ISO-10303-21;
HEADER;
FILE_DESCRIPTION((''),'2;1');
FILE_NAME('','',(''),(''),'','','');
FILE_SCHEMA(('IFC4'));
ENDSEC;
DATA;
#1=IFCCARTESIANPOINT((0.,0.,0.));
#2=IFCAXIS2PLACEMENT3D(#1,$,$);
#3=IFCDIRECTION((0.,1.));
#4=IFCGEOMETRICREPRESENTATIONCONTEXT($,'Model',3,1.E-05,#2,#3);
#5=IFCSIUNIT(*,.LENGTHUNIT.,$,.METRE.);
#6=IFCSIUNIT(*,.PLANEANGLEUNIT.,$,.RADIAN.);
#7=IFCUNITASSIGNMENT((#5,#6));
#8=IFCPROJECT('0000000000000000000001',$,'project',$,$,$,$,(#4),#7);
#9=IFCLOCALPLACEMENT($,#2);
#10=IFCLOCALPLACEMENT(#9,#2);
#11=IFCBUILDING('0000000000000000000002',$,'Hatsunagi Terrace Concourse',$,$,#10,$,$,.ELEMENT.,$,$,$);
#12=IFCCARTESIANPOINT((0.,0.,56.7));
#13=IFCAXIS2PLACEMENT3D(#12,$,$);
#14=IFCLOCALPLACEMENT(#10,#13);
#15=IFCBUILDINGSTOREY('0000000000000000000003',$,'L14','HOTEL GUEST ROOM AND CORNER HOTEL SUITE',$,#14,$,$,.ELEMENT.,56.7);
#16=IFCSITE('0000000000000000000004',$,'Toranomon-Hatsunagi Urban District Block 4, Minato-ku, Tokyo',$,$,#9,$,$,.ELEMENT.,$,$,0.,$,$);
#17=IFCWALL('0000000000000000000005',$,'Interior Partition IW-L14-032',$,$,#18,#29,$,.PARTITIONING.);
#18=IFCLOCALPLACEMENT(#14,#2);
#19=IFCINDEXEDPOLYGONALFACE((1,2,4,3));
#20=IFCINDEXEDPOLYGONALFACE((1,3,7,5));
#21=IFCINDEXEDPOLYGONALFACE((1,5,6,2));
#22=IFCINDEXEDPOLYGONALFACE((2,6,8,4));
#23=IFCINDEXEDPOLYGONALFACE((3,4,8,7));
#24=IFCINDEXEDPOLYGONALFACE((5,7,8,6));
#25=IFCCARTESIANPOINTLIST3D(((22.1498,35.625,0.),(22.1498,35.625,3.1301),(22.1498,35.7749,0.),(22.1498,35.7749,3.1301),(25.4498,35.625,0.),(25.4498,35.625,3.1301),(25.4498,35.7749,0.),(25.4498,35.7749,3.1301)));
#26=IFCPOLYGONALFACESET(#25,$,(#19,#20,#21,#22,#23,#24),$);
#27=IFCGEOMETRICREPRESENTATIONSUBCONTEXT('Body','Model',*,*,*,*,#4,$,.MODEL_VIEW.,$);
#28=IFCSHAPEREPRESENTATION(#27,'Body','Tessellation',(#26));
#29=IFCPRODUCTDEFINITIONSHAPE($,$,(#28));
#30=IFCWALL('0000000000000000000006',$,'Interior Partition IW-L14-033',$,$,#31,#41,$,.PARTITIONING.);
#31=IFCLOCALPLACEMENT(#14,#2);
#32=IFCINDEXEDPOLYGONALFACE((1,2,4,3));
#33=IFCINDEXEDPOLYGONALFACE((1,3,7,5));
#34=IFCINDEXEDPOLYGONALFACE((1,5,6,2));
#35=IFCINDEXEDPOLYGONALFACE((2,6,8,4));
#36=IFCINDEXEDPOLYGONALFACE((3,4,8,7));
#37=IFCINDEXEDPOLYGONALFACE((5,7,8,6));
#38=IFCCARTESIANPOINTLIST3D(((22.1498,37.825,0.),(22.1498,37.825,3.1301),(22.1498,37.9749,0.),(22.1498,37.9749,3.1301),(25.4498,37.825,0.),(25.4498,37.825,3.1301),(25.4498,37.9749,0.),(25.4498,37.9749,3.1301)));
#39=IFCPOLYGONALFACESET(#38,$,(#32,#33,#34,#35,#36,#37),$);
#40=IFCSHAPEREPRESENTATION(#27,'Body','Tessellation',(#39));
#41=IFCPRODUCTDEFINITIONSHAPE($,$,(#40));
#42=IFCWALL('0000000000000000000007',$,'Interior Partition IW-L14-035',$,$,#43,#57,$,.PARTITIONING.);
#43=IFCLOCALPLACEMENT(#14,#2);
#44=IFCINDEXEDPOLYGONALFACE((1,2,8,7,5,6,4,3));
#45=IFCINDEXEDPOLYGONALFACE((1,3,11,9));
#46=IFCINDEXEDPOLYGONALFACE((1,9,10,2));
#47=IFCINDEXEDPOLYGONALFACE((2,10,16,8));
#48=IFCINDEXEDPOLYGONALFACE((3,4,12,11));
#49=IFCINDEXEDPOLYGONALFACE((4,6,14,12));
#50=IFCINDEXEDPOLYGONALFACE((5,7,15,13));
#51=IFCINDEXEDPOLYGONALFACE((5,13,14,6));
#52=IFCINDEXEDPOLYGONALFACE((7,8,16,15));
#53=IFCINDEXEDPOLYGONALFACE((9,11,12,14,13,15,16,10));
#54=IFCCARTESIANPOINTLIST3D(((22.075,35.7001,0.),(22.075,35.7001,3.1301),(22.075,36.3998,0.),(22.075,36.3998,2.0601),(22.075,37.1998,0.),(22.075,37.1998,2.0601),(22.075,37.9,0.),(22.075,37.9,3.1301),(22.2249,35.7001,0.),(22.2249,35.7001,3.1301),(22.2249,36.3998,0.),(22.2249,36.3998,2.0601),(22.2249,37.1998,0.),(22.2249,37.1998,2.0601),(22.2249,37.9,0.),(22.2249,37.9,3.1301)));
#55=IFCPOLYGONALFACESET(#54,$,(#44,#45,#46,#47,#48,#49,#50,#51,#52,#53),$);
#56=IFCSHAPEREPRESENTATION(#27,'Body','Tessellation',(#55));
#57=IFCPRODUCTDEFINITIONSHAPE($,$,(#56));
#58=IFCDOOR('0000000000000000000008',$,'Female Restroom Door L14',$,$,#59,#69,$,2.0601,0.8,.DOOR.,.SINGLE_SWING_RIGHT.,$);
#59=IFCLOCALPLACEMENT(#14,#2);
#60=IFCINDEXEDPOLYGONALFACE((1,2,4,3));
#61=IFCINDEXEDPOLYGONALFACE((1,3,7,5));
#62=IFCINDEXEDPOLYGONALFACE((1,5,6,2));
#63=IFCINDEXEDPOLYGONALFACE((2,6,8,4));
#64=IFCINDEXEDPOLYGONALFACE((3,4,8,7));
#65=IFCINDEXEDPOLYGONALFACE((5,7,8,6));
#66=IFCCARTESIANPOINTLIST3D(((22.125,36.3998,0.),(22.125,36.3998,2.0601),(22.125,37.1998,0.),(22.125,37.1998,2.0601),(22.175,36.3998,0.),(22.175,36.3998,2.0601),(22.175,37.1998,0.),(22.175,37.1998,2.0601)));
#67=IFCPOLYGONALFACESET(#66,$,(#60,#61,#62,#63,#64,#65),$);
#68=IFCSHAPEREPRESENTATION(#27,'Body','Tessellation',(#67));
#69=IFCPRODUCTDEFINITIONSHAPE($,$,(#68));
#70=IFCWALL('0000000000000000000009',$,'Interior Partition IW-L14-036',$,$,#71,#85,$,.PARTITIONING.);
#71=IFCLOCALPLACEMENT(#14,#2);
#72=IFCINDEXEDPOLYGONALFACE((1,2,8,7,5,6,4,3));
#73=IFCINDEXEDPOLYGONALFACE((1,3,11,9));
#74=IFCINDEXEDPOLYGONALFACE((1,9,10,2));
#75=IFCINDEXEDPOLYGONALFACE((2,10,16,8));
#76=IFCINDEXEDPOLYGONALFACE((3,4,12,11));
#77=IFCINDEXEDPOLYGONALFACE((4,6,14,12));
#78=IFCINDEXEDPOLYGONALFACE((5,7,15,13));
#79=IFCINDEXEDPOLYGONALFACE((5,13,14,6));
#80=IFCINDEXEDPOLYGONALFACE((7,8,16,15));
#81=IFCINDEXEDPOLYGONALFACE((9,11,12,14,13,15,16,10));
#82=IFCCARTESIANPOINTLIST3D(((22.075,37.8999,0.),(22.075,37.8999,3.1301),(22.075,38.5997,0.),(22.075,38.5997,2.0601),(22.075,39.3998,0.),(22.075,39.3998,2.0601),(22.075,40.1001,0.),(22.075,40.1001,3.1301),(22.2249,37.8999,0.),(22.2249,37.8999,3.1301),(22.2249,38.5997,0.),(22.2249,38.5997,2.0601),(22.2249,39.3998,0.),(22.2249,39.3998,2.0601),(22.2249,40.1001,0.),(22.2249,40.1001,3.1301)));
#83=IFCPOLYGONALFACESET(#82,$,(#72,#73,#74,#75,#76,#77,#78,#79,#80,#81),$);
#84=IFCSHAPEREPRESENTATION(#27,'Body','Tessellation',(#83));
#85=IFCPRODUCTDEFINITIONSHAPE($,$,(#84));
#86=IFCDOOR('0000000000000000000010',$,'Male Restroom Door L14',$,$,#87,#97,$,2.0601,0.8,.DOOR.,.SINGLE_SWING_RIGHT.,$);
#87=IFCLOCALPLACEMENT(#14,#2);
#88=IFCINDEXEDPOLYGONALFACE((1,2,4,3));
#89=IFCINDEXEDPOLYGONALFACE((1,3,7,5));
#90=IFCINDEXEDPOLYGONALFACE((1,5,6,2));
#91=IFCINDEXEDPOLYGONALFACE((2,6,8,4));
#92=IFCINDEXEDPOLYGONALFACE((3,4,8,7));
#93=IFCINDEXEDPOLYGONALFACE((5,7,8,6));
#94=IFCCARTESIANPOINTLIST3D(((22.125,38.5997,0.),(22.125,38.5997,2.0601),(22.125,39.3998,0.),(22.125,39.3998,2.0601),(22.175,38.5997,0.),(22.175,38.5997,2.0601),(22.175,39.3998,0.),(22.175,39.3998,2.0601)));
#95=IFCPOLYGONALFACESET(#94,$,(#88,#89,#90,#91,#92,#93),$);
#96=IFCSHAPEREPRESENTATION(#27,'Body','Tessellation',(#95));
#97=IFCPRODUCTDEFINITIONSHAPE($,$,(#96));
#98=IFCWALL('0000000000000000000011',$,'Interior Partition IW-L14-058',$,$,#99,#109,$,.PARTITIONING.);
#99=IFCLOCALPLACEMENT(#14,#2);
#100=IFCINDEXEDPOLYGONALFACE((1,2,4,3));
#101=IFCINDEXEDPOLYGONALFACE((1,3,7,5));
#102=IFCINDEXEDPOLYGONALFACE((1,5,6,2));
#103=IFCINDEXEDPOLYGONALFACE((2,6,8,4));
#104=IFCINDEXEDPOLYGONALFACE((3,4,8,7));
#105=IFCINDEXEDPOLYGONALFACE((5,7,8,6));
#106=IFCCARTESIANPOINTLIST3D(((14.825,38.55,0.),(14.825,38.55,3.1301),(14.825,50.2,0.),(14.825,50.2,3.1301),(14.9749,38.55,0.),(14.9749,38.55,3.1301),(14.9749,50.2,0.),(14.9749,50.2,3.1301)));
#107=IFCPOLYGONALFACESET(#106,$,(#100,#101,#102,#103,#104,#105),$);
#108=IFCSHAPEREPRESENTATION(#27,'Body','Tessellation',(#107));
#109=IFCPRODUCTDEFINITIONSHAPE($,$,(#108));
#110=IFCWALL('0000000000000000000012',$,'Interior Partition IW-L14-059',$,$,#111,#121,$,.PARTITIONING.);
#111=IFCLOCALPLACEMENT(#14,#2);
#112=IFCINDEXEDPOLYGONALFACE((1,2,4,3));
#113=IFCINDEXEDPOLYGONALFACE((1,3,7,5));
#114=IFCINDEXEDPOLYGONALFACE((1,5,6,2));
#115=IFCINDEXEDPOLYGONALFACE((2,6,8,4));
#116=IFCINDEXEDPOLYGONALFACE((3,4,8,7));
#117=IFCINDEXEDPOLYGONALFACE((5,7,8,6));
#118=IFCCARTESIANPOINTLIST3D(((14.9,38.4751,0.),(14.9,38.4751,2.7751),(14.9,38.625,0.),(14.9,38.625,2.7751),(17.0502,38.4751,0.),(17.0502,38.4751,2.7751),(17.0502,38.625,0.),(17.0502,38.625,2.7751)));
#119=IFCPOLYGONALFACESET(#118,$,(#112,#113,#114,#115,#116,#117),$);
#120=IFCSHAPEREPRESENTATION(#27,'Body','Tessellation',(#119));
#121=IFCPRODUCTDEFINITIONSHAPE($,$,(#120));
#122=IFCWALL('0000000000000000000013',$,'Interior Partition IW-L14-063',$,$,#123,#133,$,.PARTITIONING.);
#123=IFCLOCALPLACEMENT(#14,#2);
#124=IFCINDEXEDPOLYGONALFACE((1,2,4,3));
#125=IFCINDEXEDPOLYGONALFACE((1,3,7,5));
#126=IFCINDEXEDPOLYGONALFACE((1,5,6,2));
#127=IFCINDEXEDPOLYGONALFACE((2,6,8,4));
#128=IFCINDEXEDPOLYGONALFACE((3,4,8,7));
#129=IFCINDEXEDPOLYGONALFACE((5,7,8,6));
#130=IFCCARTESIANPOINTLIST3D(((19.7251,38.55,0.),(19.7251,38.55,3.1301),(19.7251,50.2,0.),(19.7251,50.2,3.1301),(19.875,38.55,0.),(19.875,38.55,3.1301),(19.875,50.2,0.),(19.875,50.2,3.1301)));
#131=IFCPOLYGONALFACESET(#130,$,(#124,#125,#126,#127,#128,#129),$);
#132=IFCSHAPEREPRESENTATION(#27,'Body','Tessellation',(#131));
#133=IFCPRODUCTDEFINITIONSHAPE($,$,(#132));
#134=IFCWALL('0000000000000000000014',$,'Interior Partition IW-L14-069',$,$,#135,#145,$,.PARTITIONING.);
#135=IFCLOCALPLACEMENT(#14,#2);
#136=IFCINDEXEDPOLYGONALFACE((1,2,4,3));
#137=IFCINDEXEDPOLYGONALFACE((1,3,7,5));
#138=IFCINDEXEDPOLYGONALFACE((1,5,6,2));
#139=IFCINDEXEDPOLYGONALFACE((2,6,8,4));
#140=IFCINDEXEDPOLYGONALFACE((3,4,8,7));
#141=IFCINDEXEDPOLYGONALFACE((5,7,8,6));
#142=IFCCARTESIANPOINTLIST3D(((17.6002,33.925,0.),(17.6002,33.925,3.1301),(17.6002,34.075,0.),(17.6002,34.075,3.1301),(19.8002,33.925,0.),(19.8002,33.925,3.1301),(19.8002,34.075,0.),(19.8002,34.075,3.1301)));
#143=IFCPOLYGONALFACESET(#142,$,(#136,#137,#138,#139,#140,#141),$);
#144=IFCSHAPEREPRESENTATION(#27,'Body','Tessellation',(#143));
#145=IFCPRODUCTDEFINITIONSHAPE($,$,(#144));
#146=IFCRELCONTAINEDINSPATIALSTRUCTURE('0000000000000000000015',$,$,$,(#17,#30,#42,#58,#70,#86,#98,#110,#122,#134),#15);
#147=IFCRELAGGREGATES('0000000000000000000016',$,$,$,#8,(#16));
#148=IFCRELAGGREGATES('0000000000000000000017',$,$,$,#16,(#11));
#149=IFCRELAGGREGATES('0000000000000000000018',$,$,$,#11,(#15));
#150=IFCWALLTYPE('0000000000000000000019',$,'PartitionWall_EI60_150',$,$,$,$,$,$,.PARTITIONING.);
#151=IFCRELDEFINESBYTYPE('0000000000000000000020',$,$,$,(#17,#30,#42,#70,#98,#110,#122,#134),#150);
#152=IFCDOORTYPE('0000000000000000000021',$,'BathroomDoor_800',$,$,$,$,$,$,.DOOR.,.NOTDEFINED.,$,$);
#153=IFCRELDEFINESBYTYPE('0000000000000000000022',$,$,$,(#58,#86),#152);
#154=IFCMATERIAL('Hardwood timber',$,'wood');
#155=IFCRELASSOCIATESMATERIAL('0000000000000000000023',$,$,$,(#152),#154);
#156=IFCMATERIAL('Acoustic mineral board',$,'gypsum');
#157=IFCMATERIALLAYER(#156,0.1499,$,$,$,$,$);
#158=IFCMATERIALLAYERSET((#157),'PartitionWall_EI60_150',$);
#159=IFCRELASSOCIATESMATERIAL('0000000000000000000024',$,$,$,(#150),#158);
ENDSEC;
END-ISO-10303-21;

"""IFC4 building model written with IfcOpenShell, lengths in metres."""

from ifc_helpers import new_model, si_unit, direction, frame, frame_2d, origin, place, context, subcontext, project, spatial, rectangle, extrude, material, layer, layer_set, type_object, element, fill, save


model = new_model("IFC4")

# Units and contexts
model_context = context("Model", 3, precision=1e-05, world=origin(), true_north=direction((0.0, 1.0)))
body_context = subcontext(model_context, "Body", "Model", "MODEL_VIEW")
ifc_project = project(units=[si_unit("LENGTHUNIT", "METRE"), si_unit("PLANEANGLEUNIT", "RADIAN")], contexts=[model_context])

# Site, building, storey
site_placement = place(None, origin())
site = spatial("IfcSite", under=ifc_project, at=site_placement, Name="Toranomon-Hatsunagi Urban District Block 4, Minato-ku, Tokyo", CompositionType="ELEMENT", RefElevation=0.0)
building_placement = place(site_placement, origin())
building = spatial("IfcBuilding", under=site, at=building_placement, Name="Hatsunagi Terrace Concourse", CompositionType="ELEMENT")
storey_placement = place(building_placement, frame((0.0, 0.0, 56.7)))
storey = spatial("IfcBuildingStorey", under=building, at=storey_placement, Name="L14", Description="HOTEL GUEST ROOM AND CORNER HOTEL SUITE", CompositionType="ELEMENT", Elevation=56.7)

# Shared definitions
ifc_material_1 = material(Name="Hardwood timber", Category="wood")
door_type_1 = type_object("IfcDoorType", Name="BathroomDoor_800", OperationType="NOTDEFINED", PredefinedType="DOOR", material=ifc_material_1)

# Walls
ifc_material_2 = material(Name="Acoustic mineral board", Category="gypsum")
ifc_layer_1 = layer(ifc_material_2, 0.1499)
ifc_layer_set_1 = layer_set([ifc_layer_1], Name="PartitionWall_EI60_150")
wall_type_1 = type_object("IfcWallType", Name="PartitionWall_EI60_150", PredefinedType="PARTITIONING", material=ifc_layer_set_1)
for number, where, z_axis, x_axis, name in (
    (1, (22.1499, 35.7, 0.0), (0.0, 0.0, 1.0), (1.0, 0.0, 0.0), "Interior Partition IW-L14-032"),
    (2, (22.1499, 37.8999, 0.0), (0.0, 0.0, 1.0), (1.0, 0.0, 0.0), "Interior Partition IW-L14-033"),
):
    element("IfcWall", number, at=place(storey_placement, frame(where, z_axis=z_axis, x_axis=x_axis)), inside=storey, type_object=wall_type_1, Name=name, PredefinedType="PARTITIONING", context=body_context, shape_type="SweptSolid", body=[
        extrude(rectangle(XDim=3.3, YDim=0.1499, at=frame_2d((1.6499, 0.0))), origin(), (0.0, 0.0, 1.0), 3.1301),
    ])

# Walls, openings, doors
wall_1_placement = place(storey_placement, frame((22.1499, 35.7, 0.0), z_axis=(0.0, 0.0, 1.0), x_axis=(0.0, 1.0, 0.0)))
wall_1 = element("IfcWall", 3, at=wall_1_placement, inside=storey, type_object=wall_type_1, Name="Interior Partition IW-L14-035", PredefinedType="PARTITIONING", context=body_context, shape_type="SweptSolid", body=[
    extrude(rectangle(XDim=2.2, YDim=0.1499, at=frame_2d((1.1001, 0.0))), origin(), (0.0, 0.0, 1.0), 3.1301),
])
opening_1_placement = place(wall_1_placement, frame((0.7, 0.0, 0.0)))
opening_1 = element("IfcOpeningElement", 4, at=opening_1_placement, cuts=wall_1, PredefinedType="OPENING", context=body_context, shape_type="SweptSolid", body=[
    extrude(rectangle(XDim=0.8, YDim=2.0601, at=frame_2d((0.3999, 1.03))), frame((0.0, 0.085, 0.0), z_axis=(0.0, -1.0, 0.0), x_axis=(1.0, 0.0, 0.0)), (0.0, 0.0, 1.0), 0.1699),
])
door_1_placement = place(opening_1_placement, origin())
door_1 = element("IfcDoor", 5, at=door_1_placement, inside=storey, type_object=door_type_1, Name="Female Restroom Door L14", OperationType="SINGLE_SWING_RIGHT", OverallHeight=2.0601, OverallWidth=0.8, PredefinedType="DOOR", context=body_context, shape_type="SweptSolid", body=[
    extrude(rectangle(XDim=0.8, YDim=2.0601, at=frame_2d((0.3999, 1.03))), frame((0.0, 0.0249, 0.0), z_axis=(0.0, -1.0, 0.0), x_axis=(1.0, 0.0, 0.0)), (0.0, 0.0, 1.0), 0.05),
])
fill(opening_1, door_1)
wall_2_placement = place(storey_placement, frame((22.1499, 37.8999, 0.0), z_axis=(0.0, 0.0, 1.0), x_axis=(0.0, 1.0, 0.0)))
wall_2 = element("IfcWall", 6, at=wall_2_placement, inside=storey, type_object=wall_type_1, Name="Interior Partition IW-L14-036", PredefinedType="PARTITIONING", context=body_context, shape_type="SweptSolid", body=[
    extrude(rectangle(XDim=2.2002, YDim=0.1499, at=frame_2d((1.1001, 0.0))), origin(), (0.0, 0.0, 1.0), 3.1301),
])
opening_2_placement = place(wall_2_placement, frame((0.7, 0.0, 0.0)))
opening_2 = element("IfcOpeningElement", 7, at=opening_2_placement, cuts=wall_2, PredefinedType="OPENING", context=body_context, shape_type="SweptSolid", body=[
    extrude(rectangle(XDim=0.8, YDim=2.0601, at=frame_2d((0.3999, 1.03))), frame((0.0, 0.085, 0.0), z_axis=(0.0, -1.0, 0.0), x_axis=(1.0, 0.0, 0.0)), (0.0, 0.0, 1.0), 0.1699),
])
door_2_placement = place(opening_2_placement, origin())
door_2 = element("IfcDoor", 8, at=door_2_placement, inside=storey, type_object=door_type_1, Name="Male Restroom Door L14", OperationType="SINGLE_SWING_RIGHT", OverallHeight=2.0601, OverallWidth=0.8, PredefinedType="DOOR", context=body_context, shape_type="SweptSolid", body=[
    extrude(rectangle(XDim=0.8, YDim=2.0601, at=frame_2d((0.3999, 1.03))), frame((0.0, 0.0249, 0.0), z_axis=(0.0, -1.0, 0.0), x_axis=(1.0, 0.0, 0.0)), (0.0, 0.0, 1.0), 0.05),
])
fill(opening_2, door_2)

# Walls
wall_3_placement = place(storey_placement, frame((14.8999, 38.55, 0.0), z_axis=(0.0, 0.0, 1.0), x_axis=(0.0, 1.0, 0.0)))
element("IfcWall", 9, at=wall_3_placement, inside=storey, type_object=wall_type_1, Name="Interior Partition IW-L14-058", PredefinedType="PARTITIONING", context=body_context, shape_type="SweptSolid", body=[
    extrude(rectangle(XDim=11.6499, YDim=0.1499, at=frame_2d((5.825, 0.0))), origin(), (0.0, 0.0, 1.0), 3.1301),
])
wall_4_placement = place(storey_placement, frame((14.8999, 38.55, 0.0), z_axis=(0.0, 0.0, 1.0), x_axis=(1.0, 0.0, 0.0)))
element("IfcWall", 10, at=wall_4_placement, inside=storey, type_object=wall_type_1, Name="Interior Partition IW-L14-059", PredefinedType="PARTITIONING", context=body_context, shape_type="SweptSolid", body=[
    extrude(rectangle(XDim=2.1501, YDim=0.1499, at=frame_2d((1.0752, 0.0))), origin(), (0.0, 0.0, 1.0), 2.7751),
])

# Walls
wall_5_placement = place(storey_placement, frame((19.8, 38.55, 0.0), z_axis=(0.0, 0.0, 1.0), x_axis=(0.0, 1.0, 0.0)))
element("IfcWall", 11, at=wall_5_placement, inside=storey, type_object=wall_type_1, Name="Interior Partition IW-L14-063", PredefinedType="PARTITIONING", context=body_context, shape_type="SweptSolid", body=[
    extrude(rectangle(XDim=11.6499, YDim=0.1499, at=frame_2d((5.825, 0.0))), origin(), (0.0, 0.0, 1.0), 3.1301),
])
wall_6_placement = place(storey_placement, frame((17.6001, 34.0, 0.0), z_axis=(0.0, 0.0, 1.0), x_axis=(1.0, 0.0, 0.0)))
element("IfcWall", 12, at=wall_6_placement, inside=storey, type_object=wall_type_1, Name="Interior Partition IW-L14-069", PredefinedType="PARTITIONING", context=body_context, shape_type="SweptSolid", body=[
    extrude(rectangle(XDim=2.2, YDim=0.1499, at=frame_2d((1.1001, 0.0))), origin(), (0.0, 0.0, 1.0), 3.1301),
])

save(model, "model.ifc")
